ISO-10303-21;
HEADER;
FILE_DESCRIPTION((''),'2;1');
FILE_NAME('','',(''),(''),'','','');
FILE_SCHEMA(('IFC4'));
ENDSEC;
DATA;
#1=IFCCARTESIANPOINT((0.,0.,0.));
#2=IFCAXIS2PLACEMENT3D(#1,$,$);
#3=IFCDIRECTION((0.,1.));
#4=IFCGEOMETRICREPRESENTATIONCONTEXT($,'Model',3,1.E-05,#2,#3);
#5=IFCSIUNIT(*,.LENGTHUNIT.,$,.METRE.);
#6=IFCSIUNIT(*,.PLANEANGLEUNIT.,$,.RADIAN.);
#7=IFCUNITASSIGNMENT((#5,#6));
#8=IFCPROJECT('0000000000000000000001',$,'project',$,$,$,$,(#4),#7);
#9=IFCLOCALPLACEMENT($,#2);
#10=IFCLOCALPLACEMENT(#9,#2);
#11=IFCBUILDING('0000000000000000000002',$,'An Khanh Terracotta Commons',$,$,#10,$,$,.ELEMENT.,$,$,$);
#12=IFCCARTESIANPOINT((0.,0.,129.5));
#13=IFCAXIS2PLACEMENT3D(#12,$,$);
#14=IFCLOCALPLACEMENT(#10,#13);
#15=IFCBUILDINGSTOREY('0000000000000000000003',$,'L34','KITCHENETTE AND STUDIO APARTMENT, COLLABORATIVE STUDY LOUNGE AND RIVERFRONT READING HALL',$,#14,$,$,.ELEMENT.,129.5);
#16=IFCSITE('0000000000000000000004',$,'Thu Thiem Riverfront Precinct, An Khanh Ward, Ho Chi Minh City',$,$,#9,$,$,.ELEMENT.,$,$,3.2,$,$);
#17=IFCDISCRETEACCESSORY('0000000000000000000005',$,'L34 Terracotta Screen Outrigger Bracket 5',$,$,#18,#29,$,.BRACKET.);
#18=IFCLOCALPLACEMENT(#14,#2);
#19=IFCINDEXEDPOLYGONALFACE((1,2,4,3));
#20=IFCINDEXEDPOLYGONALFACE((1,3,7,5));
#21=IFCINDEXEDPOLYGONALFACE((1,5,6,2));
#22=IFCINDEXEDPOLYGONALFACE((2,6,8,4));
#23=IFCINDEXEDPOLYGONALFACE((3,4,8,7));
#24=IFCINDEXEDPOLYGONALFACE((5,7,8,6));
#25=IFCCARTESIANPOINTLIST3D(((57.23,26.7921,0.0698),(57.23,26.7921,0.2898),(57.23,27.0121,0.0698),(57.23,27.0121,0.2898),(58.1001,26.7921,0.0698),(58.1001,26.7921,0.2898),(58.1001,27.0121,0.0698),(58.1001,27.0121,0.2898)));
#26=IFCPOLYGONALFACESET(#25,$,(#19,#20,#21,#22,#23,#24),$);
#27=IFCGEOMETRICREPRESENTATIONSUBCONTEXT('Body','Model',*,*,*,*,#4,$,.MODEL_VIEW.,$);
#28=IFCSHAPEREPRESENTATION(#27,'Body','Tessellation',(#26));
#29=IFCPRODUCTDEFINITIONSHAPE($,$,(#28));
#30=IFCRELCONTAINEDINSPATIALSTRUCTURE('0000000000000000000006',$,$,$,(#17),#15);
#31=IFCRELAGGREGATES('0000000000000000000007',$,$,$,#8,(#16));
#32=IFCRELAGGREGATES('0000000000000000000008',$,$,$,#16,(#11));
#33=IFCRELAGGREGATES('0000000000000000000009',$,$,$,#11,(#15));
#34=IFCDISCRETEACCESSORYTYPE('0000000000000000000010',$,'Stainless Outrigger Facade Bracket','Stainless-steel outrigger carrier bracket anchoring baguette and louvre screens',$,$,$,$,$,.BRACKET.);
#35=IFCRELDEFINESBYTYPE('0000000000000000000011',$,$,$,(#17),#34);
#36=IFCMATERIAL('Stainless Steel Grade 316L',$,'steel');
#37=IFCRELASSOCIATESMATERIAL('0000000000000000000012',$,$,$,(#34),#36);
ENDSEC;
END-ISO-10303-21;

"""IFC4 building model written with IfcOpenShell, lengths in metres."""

from ifc_helpers import new_model, si_unit, direction, frame, origin, origin_2d, place, context, subcontext, project, spatial, rectangle, extrude, material, type_object, element, save


model = new_model("IFC4")

# Units and contexts
model_context = context("Model", 3, precision=1e-05, world=origin(), true_north=direction((0.0, 1.0)))
body_context = subcontext(model_context, "Body", "Model", "MODEL_VIEW")
ifc_project = project(units=[si_unit("LENGTHUNIT", "METRE"), si_unit("PLANEANGLEUNIT", "RADIAN")], contexts=[model_context])

# Site, building, storey
site_placement = place(None, origin())
site = spatial("IfcSite", under=ifc_project, at=site_placement, Name="Thu Thiem Riverfront Precinct, An Khanh Ward, Ho Chi Minh City", CompositionType="ELEMENT", RefElevation=3.2)
building_placement = place(site_placement, origin())
building = spatial("IfcBuilding", under=site, at=building_placement, Name="An Khanh Terracotta Commons", CompositionType="ELEMENT")
storey_placement = place(building_placement, frame((0.0, 0.0, 129.5)))
storey = spatial("IfcBuildingStorey", under=building, at=storey_placement, Name="L34", Description="KITCHENETTE AND STUDIO APARTMENT, COLLABORATIVE STUDY LOUNGE AND RIVERFRONT READING HALL", CompositionType="ELEMENT", Elevation=129.5)

# Discrete accessory
ifc_material_1 = material(Name="Stainless Steel Grade 316L", Category="steel")
discrete_accessory_type = type_object("IfcDiscreteAccessoryType", Name="Stainless Outrigger Facade Bracket", Description="Stainless-steel outrigger carrier bracket anchoring baguette and louvre screens", PredefinedType="BRACKET", material=ifc_material_1)
discrete_accessory_placement = place(storey_placement, frame((57.665, 26.9021, 0.0698), z_axis=(0.0, 0.0, 1.0), x_axis=(0.0, 1.0, 0.0)))
element("IfcDiscreteAccessory", 1, at=discrete_accessory_placement, inside=storey, type_object=discrete_accessory_type, Name="L34 Terracotta Screen Outrigger Bracket 5", PredefinedType="BRACKET", context=body_context, shape_type="SweptSolid", body=[
    extrude(rectangle(XDim=0.22, YDim=0.8701, at=origin_2d()), origin(), (0.0, 0.0, 1.0), 0.22),
])

save(model, "model.ifc")
